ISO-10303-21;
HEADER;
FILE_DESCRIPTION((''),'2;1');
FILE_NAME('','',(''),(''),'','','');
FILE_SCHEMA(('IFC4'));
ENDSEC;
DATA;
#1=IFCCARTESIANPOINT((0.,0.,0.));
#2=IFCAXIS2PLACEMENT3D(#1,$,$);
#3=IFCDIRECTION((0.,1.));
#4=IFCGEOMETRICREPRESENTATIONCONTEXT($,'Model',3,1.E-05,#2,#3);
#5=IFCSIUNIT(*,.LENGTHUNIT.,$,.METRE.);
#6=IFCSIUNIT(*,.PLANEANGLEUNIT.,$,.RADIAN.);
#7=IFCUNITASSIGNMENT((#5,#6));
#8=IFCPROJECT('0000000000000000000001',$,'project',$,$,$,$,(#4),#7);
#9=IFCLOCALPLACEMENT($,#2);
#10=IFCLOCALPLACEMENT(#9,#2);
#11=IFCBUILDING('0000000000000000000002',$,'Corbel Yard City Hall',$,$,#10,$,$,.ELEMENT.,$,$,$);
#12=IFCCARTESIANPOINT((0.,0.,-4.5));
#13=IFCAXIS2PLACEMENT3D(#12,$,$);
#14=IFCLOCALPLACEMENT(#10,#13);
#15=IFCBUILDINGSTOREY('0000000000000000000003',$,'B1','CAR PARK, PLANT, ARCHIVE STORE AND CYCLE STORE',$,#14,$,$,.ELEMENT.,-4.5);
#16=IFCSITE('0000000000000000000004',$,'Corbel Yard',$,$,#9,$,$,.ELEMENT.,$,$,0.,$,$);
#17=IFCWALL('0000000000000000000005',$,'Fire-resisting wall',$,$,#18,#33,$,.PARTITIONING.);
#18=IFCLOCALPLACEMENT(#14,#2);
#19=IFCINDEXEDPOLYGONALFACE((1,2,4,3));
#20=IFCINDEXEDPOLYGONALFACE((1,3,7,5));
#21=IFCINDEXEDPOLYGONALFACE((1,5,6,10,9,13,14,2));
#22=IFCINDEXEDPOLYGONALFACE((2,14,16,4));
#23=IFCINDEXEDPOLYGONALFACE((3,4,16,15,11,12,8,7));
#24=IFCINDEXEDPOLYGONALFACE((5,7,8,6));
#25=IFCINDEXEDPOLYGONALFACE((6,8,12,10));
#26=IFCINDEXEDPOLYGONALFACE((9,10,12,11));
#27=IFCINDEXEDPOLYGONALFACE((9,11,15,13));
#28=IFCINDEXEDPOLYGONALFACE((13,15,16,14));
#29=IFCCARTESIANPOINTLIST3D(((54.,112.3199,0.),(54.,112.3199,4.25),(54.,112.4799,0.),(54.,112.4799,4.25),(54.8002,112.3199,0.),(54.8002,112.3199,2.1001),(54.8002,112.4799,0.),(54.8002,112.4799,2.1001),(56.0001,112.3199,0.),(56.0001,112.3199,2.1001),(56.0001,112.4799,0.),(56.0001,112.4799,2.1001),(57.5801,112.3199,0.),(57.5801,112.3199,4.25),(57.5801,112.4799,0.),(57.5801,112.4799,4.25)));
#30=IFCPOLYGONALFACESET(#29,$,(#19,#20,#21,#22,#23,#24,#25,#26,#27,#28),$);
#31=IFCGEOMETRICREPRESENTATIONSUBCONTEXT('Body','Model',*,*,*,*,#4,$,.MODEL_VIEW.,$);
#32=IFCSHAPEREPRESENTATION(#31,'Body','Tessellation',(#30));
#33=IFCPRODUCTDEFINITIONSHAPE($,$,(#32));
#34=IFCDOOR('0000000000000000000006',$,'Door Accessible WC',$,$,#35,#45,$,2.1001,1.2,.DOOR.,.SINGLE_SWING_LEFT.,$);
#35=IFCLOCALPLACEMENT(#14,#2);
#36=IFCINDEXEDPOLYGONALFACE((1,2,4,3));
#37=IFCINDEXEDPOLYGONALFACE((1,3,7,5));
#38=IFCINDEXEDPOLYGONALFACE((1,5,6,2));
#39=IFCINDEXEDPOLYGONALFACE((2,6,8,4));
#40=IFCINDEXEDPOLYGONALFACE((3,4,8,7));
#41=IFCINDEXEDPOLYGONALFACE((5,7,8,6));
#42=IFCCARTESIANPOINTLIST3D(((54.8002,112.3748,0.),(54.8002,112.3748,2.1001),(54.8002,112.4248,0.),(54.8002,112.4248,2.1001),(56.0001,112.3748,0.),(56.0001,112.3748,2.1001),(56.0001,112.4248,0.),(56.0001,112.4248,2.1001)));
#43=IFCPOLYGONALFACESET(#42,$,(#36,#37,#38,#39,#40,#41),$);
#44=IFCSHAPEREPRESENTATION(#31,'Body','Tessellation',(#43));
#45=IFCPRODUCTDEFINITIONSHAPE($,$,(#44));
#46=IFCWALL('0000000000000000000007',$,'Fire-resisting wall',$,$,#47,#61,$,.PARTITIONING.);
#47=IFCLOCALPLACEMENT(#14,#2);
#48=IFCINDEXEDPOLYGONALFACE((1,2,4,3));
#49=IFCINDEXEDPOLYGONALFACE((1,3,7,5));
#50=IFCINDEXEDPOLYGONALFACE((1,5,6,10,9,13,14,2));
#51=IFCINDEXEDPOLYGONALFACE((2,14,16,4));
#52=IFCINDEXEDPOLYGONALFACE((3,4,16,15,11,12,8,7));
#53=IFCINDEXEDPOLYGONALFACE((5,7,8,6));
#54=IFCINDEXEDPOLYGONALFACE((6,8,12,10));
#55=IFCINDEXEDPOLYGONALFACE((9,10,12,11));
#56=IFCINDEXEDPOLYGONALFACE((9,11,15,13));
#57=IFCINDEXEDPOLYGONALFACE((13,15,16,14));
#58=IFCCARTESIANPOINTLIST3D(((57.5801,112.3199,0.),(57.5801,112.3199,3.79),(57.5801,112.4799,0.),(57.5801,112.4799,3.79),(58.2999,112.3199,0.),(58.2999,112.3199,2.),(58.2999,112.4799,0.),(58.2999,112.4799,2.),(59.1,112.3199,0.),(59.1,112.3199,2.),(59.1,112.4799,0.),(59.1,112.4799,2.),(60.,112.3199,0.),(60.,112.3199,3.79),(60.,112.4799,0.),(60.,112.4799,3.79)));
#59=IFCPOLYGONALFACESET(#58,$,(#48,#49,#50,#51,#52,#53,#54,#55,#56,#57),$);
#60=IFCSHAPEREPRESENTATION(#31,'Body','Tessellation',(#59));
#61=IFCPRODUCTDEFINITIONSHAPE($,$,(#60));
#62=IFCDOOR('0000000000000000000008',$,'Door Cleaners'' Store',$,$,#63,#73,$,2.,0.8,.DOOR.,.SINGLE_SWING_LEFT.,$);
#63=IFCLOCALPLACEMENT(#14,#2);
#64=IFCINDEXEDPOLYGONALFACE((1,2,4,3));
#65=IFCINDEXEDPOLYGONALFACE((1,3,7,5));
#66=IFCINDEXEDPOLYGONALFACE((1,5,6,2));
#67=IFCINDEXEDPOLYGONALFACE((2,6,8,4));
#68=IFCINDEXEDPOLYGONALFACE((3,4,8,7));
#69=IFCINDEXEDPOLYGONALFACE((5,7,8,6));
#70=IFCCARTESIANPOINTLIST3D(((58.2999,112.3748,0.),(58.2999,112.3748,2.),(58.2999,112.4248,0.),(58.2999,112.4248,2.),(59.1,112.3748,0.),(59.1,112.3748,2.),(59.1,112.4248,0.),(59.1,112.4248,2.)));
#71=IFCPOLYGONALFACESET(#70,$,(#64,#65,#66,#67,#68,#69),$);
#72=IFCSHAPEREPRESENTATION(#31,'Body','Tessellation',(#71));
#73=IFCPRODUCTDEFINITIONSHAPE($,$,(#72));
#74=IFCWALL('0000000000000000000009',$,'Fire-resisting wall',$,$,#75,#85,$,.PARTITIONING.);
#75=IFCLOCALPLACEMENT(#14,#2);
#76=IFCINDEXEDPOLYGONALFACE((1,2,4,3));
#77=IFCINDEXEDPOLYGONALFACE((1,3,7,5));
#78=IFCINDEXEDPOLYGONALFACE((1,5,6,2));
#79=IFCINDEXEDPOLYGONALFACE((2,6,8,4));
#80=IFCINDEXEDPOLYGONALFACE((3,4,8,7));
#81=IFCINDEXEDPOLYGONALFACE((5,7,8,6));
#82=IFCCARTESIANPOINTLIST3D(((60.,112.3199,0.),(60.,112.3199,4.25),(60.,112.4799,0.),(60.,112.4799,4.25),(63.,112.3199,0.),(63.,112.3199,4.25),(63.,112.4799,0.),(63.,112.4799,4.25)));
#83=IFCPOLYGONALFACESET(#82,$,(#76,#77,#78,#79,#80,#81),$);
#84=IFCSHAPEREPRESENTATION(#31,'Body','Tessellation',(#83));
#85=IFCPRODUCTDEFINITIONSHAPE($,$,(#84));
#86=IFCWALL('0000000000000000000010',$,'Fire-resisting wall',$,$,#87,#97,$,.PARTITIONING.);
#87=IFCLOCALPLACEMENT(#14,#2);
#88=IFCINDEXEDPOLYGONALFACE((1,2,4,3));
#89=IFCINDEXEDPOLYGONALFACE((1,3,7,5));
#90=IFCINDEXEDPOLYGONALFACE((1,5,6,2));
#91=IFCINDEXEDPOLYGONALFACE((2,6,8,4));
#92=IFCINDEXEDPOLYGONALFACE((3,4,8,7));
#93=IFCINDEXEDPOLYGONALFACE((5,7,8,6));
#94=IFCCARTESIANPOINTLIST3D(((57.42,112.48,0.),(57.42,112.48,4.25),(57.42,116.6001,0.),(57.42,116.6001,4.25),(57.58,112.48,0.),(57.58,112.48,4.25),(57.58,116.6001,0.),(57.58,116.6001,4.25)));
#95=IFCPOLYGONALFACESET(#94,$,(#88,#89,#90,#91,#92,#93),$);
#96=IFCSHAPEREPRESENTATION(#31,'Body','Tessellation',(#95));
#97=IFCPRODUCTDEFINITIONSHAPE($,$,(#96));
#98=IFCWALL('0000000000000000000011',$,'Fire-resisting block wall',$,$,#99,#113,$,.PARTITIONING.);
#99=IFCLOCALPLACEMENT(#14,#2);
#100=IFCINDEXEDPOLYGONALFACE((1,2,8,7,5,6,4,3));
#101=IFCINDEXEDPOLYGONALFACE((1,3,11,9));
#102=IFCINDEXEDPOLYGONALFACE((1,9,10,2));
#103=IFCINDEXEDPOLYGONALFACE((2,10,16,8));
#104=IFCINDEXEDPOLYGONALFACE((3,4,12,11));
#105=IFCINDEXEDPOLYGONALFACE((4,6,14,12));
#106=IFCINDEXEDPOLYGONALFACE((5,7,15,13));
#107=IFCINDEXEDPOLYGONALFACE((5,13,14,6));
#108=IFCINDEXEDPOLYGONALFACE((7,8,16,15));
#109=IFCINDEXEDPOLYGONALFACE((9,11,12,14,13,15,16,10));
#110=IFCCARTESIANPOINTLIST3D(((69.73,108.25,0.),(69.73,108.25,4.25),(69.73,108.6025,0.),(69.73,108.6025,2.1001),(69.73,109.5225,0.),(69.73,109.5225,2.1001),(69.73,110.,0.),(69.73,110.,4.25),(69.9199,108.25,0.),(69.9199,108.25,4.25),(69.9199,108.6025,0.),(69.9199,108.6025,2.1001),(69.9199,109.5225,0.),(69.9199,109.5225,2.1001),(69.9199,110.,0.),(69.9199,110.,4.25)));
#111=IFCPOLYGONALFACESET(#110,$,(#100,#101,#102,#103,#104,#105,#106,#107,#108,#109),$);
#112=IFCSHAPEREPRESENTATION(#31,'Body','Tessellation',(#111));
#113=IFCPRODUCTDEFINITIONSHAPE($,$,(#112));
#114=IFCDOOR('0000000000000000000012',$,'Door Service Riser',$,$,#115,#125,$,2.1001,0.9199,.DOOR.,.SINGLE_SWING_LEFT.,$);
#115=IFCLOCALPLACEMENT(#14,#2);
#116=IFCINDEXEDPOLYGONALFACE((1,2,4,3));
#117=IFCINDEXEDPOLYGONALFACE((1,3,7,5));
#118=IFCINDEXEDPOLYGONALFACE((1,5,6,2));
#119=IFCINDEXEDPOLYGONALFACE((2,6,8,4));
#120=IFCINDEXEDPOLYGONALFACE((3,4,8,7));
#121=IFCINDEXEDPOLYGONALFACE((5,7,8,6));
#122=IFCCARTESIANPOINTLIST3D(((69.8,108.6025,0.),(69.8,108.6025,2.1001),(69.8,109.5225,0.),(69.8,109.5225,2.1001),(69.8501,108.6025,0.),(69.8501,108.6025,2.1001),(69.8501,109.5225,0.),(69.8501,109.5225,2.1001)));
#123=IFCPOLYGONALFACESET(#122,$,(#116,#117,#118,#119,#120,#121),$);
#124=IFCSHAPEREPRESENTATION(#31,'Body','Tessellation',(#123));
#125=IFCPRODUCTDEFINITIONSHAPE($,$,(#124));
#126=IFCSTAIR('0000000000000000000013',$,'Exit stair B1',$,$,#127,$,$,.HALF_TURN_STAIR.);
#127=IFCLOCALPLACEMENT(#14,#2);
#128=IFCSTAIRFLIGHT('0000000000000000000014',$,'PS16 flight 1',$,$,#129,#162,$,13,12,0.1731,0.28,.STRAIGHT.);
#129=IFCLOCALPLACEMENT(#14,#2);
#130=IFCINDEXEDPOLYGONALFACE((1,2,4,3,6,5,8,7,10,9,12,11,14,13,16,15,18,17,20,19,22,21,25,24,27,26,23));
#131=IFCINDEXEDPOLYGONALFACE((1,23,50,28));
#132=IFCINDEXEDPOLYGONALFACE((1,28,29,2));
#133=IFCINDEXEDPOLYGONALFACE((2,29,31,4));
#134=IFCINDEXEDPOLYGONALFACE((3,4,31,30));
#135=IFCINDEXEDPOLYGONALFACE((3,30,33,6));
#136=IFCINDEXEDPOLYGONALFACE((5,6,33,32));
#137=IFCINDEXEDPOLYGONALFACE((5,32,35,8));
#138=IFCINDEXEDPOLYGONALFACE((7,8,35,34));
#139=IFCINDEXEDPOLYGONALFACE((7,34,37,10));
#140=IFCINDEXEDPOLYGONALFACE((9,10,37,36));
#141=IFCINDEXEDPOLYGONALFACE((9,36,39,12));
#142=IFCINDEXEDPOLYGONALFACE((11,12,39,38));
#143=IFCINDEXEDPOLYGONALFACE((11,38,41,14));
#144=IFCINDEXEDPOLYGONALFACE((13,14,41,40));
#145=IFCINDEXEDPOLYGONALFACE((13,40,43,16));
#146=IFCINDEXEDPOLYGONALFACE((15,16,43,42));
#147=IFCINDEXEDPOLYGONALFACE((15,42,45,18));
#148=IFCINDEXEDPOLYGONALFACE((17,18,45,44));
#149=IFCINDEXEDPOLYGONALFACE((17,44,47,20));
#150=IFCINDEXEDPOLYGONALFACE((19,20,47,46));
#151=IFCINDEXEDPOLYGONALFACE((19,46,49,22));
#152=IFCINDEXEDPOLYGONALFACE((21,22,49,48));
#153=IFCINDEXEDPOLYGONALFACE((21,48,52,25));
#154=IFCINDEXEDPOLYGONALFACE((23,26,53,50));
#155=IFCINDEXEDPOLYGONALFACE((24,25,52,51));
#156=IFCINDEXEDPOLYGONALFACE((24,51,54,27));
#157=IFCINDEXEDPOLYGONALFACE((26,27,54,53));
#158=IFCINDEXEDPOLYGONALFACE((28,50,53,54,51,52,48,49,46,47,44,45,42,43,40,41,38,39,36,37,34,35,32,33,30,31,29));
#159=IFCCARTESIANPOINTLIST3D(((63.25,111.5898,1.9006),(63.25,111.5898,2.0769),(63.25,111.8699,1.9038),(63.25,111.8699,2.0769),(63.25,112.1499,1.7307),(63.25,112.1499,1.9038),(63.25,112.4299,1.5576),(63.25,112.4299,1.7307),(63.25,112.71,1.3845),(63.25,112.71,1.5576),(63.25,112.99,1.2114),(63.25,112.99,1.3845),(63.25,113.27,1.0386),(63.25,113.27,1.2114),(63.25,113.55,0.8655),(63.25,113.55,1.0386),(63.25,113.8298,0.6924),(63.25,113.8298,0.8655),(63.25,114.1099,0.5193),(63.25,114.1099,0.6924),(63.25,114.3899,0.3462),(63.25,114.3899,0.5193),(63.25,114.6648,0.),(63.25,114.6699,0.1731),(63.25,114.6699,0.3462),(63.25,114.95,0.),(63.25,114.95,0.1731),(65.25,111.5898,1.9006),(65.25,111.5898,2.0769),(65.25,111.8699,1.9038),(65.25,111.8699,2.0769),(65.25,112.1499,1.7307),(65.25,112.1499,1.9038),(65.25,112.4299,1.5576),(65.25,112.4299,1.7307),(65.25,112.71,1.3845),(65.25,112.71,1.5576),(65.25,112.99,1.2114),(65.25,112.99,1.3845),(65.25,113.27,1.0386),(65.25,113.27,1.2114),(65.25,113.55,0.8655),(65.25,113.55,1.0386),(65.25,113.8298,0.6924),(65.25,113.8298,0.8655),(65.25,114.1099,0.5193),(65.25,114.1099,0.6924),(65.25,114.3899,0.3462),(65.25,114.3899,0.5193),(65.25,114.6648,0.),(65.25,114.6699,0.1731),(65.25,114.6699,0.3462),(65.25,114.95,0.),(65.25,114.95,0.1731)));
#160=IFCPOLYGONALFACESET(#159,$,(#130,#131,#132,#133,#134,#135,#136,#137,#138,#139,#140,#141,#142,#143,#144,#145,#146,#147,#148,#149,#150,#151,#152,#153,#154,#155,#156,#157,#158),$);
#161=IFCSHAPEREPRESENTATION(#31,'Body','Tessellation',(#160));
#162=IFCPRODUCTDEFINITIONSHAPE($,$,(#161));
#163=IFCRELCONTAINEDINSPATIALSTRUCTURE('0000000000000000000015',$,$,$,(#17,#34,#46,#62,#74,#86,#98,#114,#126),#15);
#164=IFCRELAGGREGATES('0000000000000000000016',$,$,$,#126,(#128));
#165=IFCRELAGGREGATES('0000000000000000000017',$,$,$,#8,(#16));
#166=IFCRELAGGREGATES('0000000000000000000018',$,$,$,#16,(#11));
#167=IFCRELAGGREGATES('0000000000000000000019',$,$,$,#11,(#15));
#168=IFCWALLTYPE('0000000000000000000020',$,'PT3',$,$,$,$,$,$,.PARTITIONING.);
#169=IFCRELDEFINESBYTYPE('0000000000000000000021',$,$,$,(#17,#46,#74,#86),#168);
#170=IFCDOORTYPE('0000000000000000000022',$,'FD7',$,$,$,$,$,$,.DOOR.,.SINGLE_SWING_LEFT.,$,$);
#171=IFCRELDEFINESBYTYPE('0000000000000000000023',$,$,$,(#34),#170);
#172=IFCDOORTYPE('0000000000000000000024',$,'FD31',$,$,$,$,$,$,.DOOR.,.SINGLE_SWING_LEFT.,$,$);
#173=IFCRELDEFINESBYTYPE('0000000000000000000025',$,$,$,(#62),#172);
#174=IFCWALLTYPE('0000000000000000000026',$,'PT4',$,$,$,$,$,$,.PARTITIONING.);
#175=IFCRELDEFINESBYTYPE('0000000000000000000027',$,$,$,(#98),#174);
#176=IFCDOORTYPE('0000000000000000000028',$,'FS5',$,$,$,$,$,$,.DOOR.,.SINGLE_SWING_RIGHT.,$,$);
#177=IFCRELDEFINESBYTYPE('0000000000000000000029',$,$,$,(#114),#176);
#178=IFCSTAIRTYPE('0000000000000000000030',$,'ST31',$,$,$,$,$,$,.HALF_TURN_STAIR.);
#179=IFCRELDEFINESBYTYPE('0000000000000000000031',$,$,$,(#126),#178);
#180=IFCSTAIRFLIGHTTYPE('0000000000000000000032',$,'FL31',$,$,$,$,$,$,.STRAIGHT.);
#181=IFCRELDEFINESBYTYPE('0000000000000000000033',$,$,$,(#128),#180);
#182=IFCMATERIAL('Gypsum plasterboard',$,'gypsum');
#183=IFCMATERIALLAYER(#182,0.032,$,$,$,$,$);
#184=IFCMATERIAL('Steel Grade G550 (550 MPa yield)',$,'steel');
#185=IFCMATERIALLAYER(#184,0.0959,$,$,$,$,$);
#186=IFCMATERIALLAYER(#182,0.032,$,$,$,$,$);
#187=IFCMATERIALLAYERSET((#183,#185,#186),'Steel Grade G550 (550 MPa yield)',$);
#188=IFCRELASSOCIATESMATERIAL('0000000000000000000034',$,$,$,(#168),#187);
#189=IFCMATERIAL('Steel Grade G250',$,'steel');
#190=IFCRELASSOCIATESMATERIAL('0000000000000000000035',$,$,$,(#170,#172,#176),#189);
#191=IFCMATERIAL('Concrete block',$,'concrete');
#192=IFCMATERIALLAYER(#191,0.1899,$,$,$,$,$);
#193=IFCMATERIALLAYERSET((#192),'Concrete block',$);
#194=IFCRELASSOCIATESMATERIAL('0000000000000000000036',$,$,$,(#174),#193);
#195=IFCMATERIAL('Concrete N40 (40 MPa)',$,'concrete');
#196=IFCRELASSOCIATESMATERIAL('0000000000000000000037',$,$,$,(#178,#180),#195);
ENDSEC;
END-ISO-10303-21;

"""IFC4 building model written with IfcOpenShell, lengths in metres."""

from ifc_helpers import new_model, si_unit, direction, frame, frame_2d, origin, place, context, subcontext, project, spatial, polyline, rectangle, outline, extrude, material, layer, layer_set, type_object, element, fill, aggregate, save


model = new_model("IFC4")

# Units and contexts
model_context = context("Model", 3, precision=1e-05, world=origin(), true_north=direction((0.0, 1.0)))
body_context = subcontext(model_context, "Body", "Model", "MODEL_VIEW")
ifc_project = project(units=[si_unit("LENGTHUNIT", "METRE"), si_unit("PLANEANGLEUNIT", "RADIAN")], contexts=[model_context])

# Site, building, storey
site_placement = place(None, origin())
site = spatial("IfcSite", under=ifc_project, at=site_placement, Name="Corbel Yard", CompositionType="ELEMENT", RefElevation=0.0)
building_placement = place(site_placement, origin())
building = spatial("IfcBuilding", under=site, at=building_placement, Name="Corbel Yard City Hall", CompositionType="ELEMENT")
storey_placement = place(building_placement, frame((0.0, 0.0, -4.5)))
storey = spatial("IfcBuildingStorey", under=building, at=storey_placement, Name="B1", Description="CAR PARK, PLANT, ARCHIVE STORE AND CYCLE STORE", CompositionType="ELEMENT", Elevation=-4.5)

# Shared definitions
ifc_material_1 = material(Name="Steel Grade G250", Category="steel")

# Shared definitions
ifc_material_2 = material(Name="Concrete N40 (40 MPa)", Category="concrete")

# Walls, openings, doors
ifc_material_3 = material(Name="Gypsum plasterboard", Category="gypsum")
ifc_layer_1 = layer(ifc_material_3, 0.032)
ifc_material_4 = material(Name="Steel Grade G550 (550 MPa yield)", Category="steel")
ifc_layer_2 = layer(ifc_material_4, 0.0959)
ifc_layer_3 = layer(ifc_material_3, 0.032)
ifc_layer_set_1 = layer_set([ifc_layer_1, ifc_layer_2, ifc_layer_3], Name="Steel Grade G550 (550 MPa yield)")
wall_type_1 = type_object("IfcWallType", Name="PT3", PredefinedType="PARTITIONING", material=ifc_layer_set_1)
wall_1_placement = place(storey_placement, frame((54.0, 112.3999, 0.0), z_axis=(0.0, 0.0, 1.0), x_axis=(1.0, 0.0, 0.0)))
wall_1 = element("IfcWall", 1, at=wall_1_placement, inside=storey, type_object=wall_type_1, Name="Fire-resisting wall", PredefinedType="PARTITIONING", context=body_context, shape_type="SweptSolid", body=[
    extrude(rectangle(XDim=3.5801, YDim=0.1599, at=frame_2d((1.79, 0.0))), origin(), (0.0, 0.0, 1.0), 4.25),
])
opening_1_placement = place(wall_1_placement, frame((0.8, 0.0, 0.0)))
opening_1 = element("IfcOpeningElement", 2, at=opening_1_placement, cuts=wall_1, PredefinedType="OPENING", context=body_context, shape_type="SweptSolid", body=[
    extrude(rectangle(XDim=1.2, YDim=2.1001, at=frame_2d((0.6001, 1.05))), frame((0.0, 0.0898, 0.0), z_axis=(0.0, -1.0, 0.0), x_axis=(1.0, 0.0, 0.0)), (0.0, 0.0, 1.0), 0.1799),
])
door_type_1 = type_object("IfcDoorType", Name="FD7", OperationType="SINGLE_SWING_LEFT", PredefinedType="DOOR", material=ifc_material_1)
door_1_placement = place(opening_1_placement, origin())
door_1 = element("IfcDoor", 3, at=door_1_placement, inside=storey, type_object=door_type_1, Name="Door Accessible WC", OperationType="SINGLE_SWING_LEFT", OverallHeight=2.1001, OverallWidth=1.2, PredefinedType="DOOR", context=body_context, shape_type="SweptSolid", body=[
    extrude(rectangle(XDim=1.2, YDim=2.1001, at=frame_2d((0.6001, 1.05))), frame((0.0, 0.0249, 0.0), z_axis=(0.0, -1.0, 0.0), x_axis=(1.0, 0.0, 0.0)), (0.0, 0.0, 1.0), 0.05),
])
fill(opening_1, door_1)
wall_2_placement = place(storey_placement, frame((57.5801, 112.3999, 0.0), z_axis=(0.0, 0.0, 1.0), x_axis=(1.0, 0.0, 0.0)))
wall_2 = element("IfcWall", 4, at=wall_2_placement, inside=storey, type_object=wall_type_1, Name="Fire-resisting wall", PredefinedType="PARTITIONING", context=body_context, shape_type="SweptSolid", body=[
    extrude(rectangle(XDim=2.4199, YDim=0.1599, at=frame_2d((1.21, 0.0))), origin(), (0.0, 0.0, 1.0), 3.79),
])
opening_2_placement = place(wall_2_placement, frame((0.72, 0.0, 0.0)))
opening_2 = element("IfcOpeningElement", 5, at=opening_2_placement, cuts=wall_2, PredefinedType="OPENING", context=body_context, shape_type="SweptSolid", body=[
    extrude(rectangle(XDim=0.8, YDim=2.0, at=frame_2d((0.3999, 1.0))), frame((0.0, 0.0898, 0.0), z_axis=(0.0, -1.0, 0.0), x_axis=(1.0, 0.0, 0.0)), (0.0, 0.0, 1.0), 0.1799),
])
door_type_2 = type_object("IfcDoorType", Name="FD31", OperationType="SINGLE_SWING_LEFT", PredefinedType="DOOR", material=ifc_material_1)
door_2_placement = place(opening_2_placement, origin())
door_2 = element("IfcDoor", 6, at=door_2_placement, inside=storey, type_object=door_type_2, Name="Door Cleaners' Store", OperationType="SINGLE_SWING_LEFT", OverallHeight=2.0, OverallWidth=0.8, PredefinedType="DOOR", context=body_context, shape_type="SweptSolid", body=[
    extrude(rectangle(XDim=0.8, YDim=2.0, at=frame_2d((0.3999, 1.0))), frame((0.0, 0.0249, 0.0), z_axis=(0.0, -1.0, 0.0), x_axis=(1.0, 0.0, 0.0)), (0.0, 0.0, 1.0), 0.05),
])
fill(opening_2, door_2)

# Walls
wall_3_placement = place(storey_placement, frame((60.0, 112.3999, 0.0), z_axis=(0.0, 0.0, 1.0), x_axis=(1.0, 0.0, 0.0)))
element("IfcWall", 7, at=wall_3_placement, inside=storey, type_object=wall_type_1, Name="Fire-resisting wall", PredefinedType="PARTITIONING", context=body_context, shape_type="SweptSolid", body=[
    extrude(rectangle(XDim=3.0, YDim=0.1599, at=frame_2d((1.5, 0.0))), origin(), (0.0, 0.0, 1.0), 4.25),
])
wall_4_placement = place(storey_placement, frame((57.5, 112.48, 0.0), z_axis=(0.0, 0.0, 1.0), x_axis=(0.0, 1.0, 0.0)))
element("IfcWall", 8, at=wall_4_placement, inside=storey, type_object=wall_type_1, Name="Fire-resisting wall", PredefinedType="PARTITIONING", context=body_context, shape_type="SweptSolid", body=[
    extrude(rectangle(XDim=4.1201, YDim=0.1599, at=frame_2d((2.0601, 0.0))), origin(), (0.0, 0.0, 1.0), 4.25),
])

# Wall, opening, door
ifc_material_5 = material(Name="Concrete block", Category="concrete")
ifc_layer_4 = layer(ifc_material_5, 0.1899)
ifc_layer_set_2 = layer_set([ifc_layer_4], Name="Concrete block")
wall_type_2 = type_object("IfcWallType", Name="PT4", PredefinedType="PARTITIONING", material=ifc_layer_set_2)
wall_5_placement = place(storey_placement, frame((69.825, 108.25, 0.0), z_axis=(0.0, 0.0, 1.0), x_axis=(0.0, 1.0, 0.0)))
wall_5 = element("IfcWall", 9, at=wall_5_placement, inside=storey, type_object=wall_type_2, Name="Fire-resisting block wall", PredefinedType="PARTITIONING", context=body_context, shape_type="SweptSolid", body=[
    extrude(rectangle(XDim=1.75, YDim=0.1899, at=frame_2d((0.875, 0.0))), origin(), (0.0, 0.0, 1.0), 4.25),
])
opening_3_placement = place(wall_5_placement, frame((0.3525, 0.0, 0.0)))
opening_3 = element("IfcOpeningElement", 10, at=opening_3_placement, cuts=wall_5, PredefinedType="OPENING", context=body_context, shape_type="SweptSolid", body=[
    extrude(rectangle(XDim=0.9199, YDim=2.1001, at=frame_2d((0.46, 1.05))), frame((0.0, 0.105, 0.0), z_axis=(0.0, -1.0, 0.0), x_axis=(1.0, 0.0, 0.0)), (0.0, 0.0, 1.0), 0.21),
])
door_type_3 = type_object("IfcDoorType", Name="FS5", OperationType="SINGLE_SWING_RIGHT", PredefinedType="DOOR", material=ifc_material_1)
door_3_placement = place(opening_3_placement, origin())
door_3 = element("IfcDoor", 11, at=door_3_placement, inside=storey, type_object=door_type_3, Name="Door Service Riser", OperationType="SINGLE_SWING_LEFT", OverallHeight=2.1001, OverallWidth=0.9199, PredefinedType="DOOR", context=body_context, shape_type="SweptSolid", body=[
    extrude(rectangle(XDim=0.9199, YDim=2.1001, at=frame_2d((0.46, 1.05))), frame((0.0, 0.0249, 0.0), z_axis=(0.0, -1.0, 0.0), x_axis=(1.0, 0.0, 0.0)), (0.0, 0.0, 1.0), 0.05),
])
fill(opening_3, door_3)

# Stair, stair flight
stair_type = type_object("IfcStairType", Name="ST31", PredefinedType="HALF_TURN_STAIR", material=ifc_material_2)
stair_placement = place(storey_placement, origin())
stair = element("IfcStair", 12, at=stair_placement, inside=storey, type_object=stair_type, Name="Exit stair B1", PredefinedType="HALF_TURN_STAIR")
stair_flight_type = type_object("IfcStairFlightType", Name="FL31", PredefinedType="STRAIGHT", material=ifc_material_2)
stair_flight_placement = place(storey_placement, frame((64.25, 114.95, 0.0), z_axis=(0.0, 0.0, 1.0), x_axis=(0.0, -1.0, 0.0)))
stair_flight = element("IfcStairFlight", 13, at=stair_flight_placement, type_object=stair_flight_type, Name="PS16 flight 1", NumberOfRisers=13, NumberOfTreads=12, PredefinedType="STRAIGHT", RiserHeight=0.1731, TreadLength=0.28, context=body_context, shape_type="SweptSolid", body=[
    extrude(outline(polyline([(0.0, 0.0), (0.0, 0.1731), (0.28, 0.1731), (0.28, 0.3462), (0.5601, 0.3462), (0.5601, 0.5193), (0.8401, 0.5193), (0.8401, 0.6924), (1.1201, 0.6924), (1.1201, 0.8655), (1.3999, 0.8655), (1.3999, 1.0386), (1.6799, 1.0386), (1.6799, 1.2114), (1.96, 1.2114), (1.96, 1.3845), (2.24, 1.3845), (2.24, 1.5576), (2.52, 1.5576), (2.52, 1.7307), (2.8, 1.7307), (2.8, 1.9038), (3.0801, 1.9038), (3.0801, 2.0769), (3.3601, 2.0769), (3.3601, 2.25), (3.3601, 1.9006), (0.2852, 0.0), (0.0, 0.0)])), frame((0.0, 1.0, 0.0), z_axis=(0.0, -1.0, 0.0), x_axis=(1.0, 0.0, 0.0)), (0.0, 0.0, 1.0), 2.0),
])
aggregate(stair, [stair_flight])

save(model, "model.ifc")
